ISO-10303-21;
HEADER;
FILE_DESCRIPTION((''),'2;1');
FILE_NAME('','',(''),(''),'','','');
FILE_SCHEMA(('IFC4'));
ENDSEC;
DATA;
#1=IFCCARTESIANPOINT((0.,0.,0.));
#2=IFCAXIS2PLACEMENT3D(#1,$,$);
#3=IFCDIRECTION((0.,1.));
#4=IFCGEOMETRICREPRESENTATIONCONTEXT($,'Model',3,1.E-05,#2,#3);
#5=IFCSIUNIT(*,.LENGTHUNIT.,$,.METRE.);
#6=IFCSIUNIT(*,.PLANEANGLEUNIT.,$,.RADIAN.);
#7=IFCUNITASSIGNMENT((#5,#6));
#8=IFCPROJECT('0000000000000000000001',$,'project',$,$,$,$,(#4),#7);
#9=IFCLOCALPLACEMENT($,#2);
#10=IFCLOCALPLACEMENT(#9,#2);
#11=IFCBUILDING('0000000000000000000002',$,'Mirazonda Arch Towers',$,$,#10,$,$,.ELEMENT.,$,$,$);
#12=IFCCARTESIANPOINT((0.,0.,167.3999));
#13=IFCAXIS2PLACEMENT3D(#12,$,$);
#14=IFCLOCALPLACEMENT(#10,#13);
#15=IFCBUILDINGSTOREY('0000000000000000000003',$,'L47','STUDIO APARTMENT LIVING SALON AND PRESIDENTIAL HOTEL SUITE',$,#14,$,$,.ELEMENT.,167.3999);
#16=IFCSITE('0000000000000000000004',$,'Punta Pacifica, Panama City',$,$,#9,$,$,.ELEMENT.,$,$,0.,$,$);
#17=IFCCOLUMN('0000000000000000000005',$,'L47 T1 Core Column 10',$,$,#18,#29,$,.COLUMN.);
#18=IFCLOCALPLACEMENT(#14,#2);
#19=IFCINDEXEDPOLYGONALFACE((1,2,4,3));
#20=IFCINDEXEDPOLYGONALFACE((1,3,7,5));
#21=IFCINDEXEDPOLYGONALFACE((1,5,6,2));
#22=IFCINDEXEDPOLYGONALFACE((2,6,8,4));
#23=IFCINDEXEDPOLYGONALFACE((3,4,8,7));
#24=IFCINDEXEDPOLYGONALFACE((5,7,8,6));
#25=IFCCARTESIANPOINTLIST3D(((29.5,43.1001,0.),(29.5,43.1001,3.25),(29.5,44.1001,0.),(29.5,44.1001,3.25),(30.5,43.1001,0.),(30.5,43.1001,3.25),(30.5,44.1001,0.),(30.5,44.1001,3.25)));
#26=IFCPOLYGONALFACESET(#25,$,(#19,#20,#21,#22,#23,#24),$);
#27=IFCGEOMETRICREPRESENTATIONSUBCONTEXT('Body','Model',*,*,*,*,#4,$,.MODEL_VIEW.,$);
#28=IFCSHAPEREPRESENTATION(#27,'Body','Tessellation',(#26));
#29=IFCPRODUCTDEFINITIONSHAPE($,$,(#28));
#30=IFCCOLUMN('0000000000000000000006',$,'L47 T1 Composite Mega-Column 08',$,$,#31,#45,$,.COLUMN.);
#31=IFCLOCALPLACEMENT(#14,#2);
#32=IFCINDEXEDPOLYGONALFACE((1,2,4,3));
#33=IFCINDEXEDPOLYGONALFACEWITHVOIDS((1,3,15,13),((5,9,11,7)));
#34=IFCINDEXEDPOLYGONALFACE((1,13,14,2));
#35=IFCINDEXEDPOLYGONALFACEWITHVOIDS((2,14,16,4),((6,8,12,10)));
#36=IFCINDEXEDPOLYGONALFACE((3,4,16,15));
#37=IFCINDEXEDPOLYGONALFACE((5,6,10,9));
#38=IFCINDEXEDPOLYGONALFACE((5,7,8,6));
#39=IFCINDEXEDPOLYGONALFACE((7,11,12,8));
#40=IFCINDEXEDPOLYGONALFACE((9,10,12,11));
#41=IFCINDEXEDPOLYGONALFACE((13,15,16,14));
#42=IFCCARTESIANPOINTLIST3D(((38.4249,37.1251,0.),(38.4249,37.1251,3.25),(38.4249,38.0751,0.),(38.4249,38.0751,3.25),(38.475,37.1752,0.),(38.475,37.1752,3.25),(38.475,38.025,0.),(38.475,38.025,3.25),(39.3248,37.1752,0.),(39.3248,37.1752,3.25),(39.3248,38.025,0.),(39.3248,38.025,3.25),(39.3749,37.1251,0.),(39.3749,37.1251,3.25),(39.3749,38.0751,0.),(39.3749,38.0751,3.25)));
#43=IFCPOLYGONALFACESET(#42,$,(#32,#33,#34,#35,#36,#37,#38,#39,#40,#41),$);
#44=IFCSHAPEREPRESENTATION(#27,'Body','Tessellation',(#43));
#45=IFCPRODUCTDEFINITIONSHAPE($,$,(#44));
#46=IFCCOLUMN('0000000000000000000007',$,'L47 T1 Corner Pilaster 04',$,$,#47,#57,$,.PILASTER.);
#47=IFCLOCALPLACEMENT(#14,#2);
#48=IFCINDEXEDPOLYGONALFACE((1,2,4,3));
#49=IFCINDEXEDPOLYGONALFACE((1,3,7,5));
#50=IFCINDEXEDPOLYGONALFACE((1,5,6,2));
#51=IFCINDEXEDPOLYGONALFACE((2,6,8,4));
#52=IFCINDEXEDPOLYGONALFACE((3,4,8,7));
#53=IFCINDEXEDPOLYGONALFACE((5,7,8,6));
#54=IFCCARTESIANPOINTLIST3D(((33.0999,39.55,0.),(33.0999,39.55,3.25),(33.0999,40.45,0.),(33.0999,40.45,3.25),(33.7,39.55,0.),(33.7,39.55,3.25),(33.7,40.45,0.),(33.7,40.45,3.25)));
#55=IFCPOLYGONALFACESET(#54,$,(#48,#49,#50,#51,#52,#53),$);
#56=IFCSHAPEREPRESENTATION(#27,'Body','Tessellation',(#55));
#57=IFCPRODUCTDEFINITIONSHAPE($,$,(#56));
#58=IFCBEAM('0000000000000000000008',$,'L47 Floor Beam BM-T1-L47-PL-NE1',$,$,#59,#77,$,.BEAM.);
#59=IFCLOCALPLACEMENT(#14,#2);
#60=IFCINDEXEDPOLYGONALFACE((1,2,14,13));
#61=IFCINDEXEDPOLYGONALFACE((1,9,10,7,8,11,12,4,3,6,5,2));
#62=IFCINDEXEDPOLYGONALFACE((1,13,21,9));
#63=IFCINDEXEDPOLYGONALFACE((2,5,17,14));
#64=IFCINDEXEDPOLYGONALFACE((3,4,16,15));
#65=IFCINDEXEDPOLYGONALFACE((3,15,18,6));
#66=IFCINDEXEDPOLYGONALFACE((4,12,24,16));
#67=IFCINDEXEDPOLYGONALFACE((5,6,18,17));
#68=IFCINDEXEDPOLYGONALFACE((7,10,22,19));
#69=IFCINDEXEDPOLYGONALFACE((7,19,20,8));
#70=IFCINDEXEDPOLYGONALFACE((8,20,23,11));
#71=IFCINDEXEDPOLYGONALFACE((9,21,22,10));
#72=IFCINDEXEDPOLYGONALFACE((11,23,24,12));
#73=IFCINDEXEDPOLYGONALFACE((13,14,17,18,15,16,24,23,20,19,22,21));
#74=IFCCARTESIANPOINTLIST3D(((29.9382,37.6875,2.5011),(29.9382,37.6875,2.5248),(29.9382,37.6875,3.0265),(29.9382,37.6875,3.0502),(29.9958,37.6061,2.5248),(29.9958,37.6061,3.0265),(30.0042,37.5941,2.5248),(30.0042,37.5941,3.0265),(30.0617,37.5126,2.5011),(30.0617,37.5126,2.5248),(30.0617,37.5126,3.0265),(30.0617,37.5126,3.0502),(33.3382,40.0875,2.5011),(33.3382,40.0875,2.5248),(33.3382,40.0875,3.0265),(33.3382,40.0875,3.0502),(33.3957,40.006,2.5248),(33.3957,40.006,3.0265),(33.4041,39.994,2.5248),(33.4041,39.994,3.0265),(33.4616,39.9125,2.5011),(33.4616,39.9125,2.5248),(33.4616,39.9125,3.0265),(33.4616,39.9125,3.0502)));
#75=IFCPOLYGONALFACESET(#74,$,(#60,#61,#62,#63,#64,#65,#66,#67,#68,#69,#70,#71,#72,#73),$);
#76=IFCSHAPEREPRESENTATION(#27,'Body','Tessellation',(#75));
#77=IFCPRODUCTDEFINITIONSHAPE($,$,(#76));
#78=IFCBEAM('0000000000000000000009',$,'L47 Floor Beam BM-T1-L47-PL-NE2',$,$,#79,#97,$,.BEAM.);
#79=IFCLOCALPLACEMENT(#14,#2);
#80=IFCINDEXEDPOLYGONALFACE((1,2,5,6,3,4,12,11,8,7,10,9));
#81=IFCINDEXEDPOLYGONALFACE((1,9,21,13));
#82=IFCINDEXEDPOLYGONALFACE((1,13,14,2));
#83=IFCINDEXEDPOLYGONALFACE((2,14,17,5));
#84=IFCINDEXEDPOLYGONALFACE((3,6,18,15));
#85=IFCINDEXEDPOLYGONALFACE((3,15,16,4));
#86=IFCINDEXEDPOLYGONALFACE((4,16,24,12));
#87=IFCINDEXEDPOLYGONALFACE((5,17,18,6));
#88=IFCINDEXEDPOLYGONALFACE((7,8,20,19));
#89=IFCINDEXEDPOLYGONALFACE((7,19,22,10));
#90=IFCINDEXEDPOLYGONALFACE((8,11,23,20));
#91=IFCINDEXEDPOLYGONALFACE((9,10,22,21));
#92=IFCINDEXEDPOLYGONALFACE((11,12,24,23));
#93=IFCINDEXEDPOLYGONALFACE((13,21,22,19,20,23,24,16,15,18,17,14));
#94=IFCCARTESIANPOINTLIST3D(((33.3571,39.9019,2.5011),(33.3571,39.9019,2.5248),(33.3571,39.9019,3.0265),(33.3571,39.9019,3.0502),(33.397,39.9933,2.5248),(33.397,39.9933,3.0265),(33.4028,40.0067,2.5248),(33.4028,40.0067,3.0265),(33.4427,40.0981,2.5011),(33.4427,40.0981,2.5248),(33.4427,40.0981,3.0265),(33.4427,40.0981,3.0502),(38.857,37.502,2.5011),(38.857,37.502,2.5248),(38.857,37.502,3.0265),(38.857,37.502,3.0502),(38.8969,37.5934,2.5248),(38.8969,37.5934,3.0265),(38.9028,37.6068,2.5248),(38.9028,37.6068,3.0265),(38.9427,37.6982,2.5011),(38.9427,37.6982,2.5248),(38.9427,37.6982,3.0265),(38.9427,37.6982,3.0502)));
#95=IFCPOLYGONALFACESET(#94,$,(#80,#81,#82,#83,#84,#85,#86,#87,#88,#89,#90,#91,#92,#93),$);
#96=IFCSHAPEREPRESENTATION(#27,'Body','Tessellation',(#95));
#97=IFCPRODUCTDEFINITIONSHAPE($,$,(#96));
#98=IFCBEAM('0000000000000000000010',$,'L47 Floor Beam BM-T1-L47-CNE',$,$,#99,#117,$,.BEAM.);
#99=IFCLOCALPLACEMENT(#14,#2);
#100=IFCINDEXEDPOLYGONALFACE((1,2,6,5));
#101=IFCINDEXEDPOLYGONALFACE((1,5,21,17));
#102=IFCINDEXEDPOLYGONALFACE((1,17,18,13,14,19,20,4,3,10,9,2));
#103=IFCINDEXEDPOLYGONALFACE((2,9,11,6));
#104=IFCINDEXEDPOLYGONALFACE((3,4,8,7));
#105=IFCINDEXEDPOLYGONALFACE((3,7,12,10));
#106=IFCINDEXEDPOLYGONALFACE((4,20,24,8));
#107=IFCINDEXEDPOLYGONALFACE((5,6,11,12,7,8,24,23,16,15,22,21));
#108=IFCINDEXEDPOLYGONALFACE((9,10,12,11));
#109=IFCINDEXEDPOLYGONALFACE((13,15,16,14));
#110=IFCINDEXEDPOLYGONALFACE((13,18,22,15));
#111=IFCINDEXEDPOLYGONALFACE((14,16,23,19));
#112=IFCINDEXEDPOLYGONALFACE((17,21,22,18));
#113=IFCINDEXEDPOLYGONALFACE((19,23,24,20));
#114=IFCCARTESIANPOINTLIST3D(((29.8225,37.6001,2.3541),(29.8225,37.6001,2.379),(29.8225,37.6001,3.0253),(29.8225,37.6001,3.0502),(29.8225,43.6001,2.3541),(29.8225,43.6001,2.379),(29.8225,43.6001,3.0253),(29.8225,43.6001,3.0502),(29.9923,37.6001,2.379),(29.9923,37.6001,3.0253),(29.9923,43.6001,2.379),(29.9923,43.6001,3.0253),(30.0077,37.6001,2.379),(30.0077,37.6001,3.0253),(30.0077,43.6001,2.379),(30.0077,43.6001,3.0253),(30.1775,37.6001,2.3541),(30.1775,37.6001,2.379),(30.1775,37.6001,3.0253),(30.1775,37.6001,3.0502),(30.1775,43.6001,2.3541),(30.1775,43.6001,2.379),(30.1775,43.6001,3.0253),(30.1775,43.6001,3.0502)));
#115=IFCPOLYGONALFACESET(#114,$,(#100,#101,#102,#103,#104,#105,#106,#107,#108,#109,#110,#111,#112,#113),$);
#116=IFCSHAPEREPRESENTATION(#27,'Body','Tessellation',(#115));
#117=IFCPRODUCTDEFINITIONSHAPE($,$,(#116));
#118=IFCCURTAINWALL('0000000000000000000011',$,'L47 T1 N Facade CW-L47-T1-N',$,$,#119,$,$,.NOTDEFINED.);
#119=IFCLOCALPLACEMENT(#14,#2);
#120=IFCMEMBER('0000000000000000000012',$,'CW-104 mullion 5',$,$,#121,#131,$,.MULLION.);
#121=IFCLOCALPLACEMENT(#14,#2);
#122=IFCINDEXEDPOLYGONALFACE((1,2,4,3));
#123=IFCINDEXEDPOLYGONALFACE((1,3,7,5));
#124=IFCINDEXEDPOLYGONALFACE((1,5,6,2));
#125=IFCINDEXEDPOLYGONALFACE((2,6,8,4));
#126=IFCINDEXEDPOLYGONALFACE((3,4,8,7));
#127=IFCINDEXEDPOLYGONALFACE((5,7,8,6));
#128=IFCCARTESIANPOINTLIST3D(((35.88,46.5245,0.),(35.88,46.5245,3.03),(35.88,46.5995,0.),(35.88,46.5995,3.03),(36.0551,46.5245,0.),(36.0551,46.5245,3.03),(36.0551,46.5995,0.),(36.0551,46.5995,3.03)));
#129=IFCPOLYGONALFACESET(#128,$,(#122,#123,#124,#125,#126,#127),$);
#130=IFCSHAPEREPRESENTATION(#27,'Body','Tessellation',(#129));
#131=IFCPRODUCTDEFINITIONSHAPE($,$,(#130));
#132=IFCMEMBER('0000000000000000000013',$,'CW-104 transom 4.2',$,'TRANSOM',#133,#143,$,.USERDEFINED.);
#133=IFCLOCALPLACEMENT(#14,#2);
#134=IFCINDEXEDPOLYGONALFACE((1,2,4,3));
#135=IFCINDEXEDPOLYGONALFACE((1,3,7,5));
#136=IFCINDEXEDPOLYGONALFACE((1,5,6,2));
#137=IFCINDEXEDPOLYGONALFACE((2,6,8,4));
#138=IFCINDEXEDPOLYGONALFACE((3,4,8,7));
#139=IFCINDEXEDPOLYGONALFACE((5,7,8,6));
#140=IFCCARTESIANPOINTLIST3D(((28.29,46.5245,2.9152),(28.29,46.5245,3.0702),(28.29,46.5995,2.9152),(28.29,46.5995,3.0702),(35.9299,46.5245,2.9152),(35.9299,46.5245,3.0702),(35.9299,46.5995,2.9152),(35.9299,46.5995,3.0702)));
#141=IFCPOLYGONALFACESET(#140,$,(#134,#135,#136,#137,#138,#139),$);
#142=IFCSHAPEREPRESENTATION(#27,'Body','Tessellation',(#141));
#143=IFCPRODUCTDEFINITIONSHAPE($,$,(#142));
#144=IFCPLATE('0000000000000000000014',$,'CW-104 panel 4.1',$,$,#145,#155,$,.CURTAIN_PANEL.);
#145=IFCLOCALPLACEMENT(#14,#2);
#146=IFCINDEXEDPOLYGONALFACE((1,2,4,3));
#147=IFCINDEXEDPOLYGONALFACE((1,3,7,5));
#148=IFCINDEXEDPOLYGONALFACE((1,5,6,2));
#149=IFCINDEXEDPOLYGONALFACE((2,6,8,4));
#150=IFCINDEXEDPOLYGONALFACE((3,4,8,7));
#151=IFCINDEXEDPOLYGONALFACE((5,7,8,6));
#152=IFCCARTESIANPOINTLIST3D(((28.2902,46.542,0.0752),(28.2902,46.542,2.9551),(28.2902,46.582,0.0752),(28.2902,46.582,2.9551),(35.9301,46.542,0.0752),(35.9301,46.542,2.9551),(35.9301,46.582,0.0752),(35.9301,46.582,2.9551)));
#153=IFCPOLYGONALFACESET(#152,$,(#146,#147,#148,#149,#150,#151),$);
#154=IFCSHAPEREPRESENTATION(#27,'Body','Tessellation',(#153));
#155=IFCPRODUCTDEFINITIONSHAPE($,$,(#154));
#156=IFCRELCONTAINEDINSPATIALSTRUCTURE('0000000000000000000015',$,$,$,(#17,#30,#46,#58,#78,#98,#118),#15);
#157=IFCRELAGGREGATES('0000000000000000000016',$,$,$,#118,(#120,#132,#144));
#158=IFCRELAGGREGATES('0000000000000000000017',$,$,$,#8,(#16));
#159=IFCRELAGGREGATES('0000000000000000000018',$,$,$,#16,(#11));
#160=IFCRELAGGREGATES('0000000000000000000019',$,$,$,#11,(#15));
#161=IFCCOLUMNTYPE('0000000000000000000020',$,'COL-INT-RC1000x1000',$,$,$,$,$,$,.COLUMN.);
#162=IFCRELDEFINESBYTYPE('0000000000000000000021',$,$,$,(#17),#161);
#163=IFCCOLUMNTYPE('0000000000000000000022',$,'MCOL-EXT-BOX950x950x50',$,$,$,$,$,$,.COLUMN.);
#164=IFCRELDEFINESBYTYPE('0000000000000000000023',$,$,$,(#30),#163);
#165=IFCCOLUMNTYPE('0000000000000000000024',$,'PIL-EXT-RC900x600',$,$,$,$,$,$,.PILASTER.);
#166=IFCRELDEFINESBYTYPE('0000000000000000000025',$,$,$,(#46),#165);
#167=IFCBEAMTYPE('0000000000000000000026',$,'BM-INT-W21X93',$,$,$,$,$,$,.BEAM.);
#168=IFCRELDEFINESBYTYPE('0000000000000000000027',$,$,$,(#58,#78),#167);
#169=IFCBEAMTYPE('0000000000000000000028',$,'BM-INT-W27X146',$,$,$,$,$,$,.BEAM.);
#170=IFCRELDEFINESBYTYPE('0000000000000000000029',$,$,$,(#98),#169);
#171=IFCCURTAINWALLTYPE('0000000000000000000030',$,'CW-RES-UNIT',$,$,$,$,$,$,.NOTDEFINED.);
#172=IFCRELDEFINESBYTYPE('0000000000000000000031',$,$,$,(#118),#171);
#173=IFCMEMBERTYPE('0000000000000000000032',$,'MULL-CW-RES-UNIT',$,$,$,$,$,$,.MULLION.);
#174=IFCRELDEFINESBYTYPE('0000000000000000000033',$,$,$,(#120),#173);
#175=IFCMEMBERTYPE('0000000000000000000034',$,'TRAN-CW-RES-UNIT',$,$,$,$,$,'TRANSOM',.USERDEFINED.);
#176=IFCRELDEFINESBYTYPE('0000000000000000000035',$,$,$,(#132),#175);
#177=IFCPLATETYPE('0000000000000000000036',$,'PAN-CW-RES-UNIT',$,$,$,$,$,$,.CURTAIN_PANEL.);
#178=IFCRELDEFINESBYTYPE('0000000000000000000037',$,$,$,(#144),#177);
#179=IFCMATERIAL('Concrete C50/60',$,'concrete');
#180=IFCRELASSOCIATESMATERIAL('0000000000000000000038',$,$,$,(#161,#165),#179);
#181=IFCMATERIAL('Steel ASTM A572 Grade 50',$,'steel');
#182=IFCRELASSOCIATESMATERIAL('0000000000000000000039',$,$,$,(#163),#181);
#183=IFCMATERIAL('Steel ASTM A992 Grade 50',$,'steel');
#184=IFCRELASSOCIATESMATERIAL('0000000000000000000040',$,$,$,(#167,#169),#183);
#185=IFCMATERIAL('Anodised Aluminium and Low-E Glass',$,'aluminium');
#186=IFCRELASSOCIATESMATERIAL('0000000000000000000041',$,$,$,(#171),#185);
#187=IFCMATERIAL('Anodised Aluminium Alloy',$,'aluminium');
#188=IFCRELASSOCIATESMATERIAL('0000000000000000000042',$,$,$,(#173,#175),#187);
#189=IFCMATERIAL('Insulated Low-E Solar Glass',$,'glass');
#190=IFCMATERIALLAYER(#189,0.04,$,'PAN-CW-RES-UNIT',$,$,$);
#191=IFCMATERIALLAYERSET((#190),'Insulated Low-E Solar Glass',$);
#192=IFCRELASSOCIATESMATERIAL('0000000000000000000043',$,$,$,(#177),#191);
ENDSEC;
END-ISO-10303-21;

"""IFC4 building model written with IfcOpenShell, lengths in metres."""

from ifc_helpers import new_model, si_unit, direction, frame, origin, origin_2d, place, context, subcontext, project, spatial, rectangle, hollow_rectangle, i_section, extrude, material, layer, layer_set, material_profile, profile_set, type_object, element, aggregate, save


model = new_model("IFC4")

# Units and contexts
model_context = context("Model", 3, precision=1e-05, world=origin(), true_north=direction((0.0, 1.0)))
body_context = subcontext(model_context, "Body", "Model", "MODEL_VIEW")
ifc_project = project(units=[si_unit("LENGTHUNIT", "METRE"), si_unit("PLANEANGLEUNIT", "RADIAN")], contexts=[model_context])

# Site, building, storey
site_placement = place(None, origin())
site = spatial("IfcSite", under=ifc_project, at=site_placement, Name="Punta Pacifica, Panama City", CompositionType="ELEMENT", RefElevation=0.0)
building_placement = place(site_placement, origin())
building = spatial("IfcBuilding", under=site, at=building_placement, Name="Mirazonda Arch Towers", CompositionType="ELEMENT")
storey_placement = place(building_placement, frame((0.0, 0.0, 167.3999)))
storey = spatial("IfcBuildingStorey", under=building, at=storey_placement, Name="L47", Description="STUDIO APARTMENT LIVING SALON AND PRESIDENTIAL HOTEL SUITE", CompositionType="ELEMENT", Elevation=167.3999)

# Columns
ifc_material_1 = material(Name="Concrete C50/60", Category="concrete")
ifc_material_profile_1 = material_profile(ifc_material_1, rectangle(XDim=1.0, YDim=1.0, at=origin_2d()), Name="RC1000x1000")
ifc_profile_set_1 = profile_set([ifc_material_profile_1], Name="Concrete C50/60")
column_type_1 = type_object("IfcColumnType", Name="COL-INT-RC1000x1000", PredefinedType="COLUMN", material=ifc_profile_set_1)
column_1_placement = place(storey_placement, frame((30.0, 43.6001, 0.0), z_axis=(0.0, 0.0, 1.0), x_axis=(1.0, 0.0, 0.0)))
element("IfcColumn", 1, at=column_1_placement, inside=storey, type_object=column_type_1, Name="L47 T1 Core Column 10", PredefinedType="COLUMN", context=body_context, shape_type="SweptSolid", body=[
    extrude(rectangle(XDim=1.0, YDim=1.0, at=origin_2d()), origin(), (0.0, 0.0, 1.0), 3.25),
])
ifc_material_2 = material(Name="Steel ASTM A572 Grade 50", Category="steel")
ifc_material_profile_2 = material_profile(ifc_material_2, hollow_rectangle(XDim=0.95, YDim=0.95, WallThickness=0.05, at=origin_2d()), Name="BOX950x950x50")
ifc_profile_set_2 = profile_set([ifc_material_profile_2], Name="Steel ASTM A572 Grade 50")
column_type_2 = type_object("IfcColumnType", Name="MCOL-EXT-BOX950x950x50", PredefinedType="COLUMN", material=ifc_profile_set_2)
column_2_placement = place(storey_placement, frame((38.8999, 37.6001, 0.0), z_axis=(0.0, 0.0, 1.0), x_axis=(1.0, 0.0, 0.0)))
element("IfcColumn", 2, at=column_2_placement, inside=storey, type_object=column_type_2, Name="L47 T1 Composite Mega-Column 08", PredefinedType="COLUMN", context=body_context, shape_type="SweptSolid", body=[
    extrude(hollow_rectangle(XDim=0.95, YDim=0.95, WallThickness=0.05, at=origin_2d()), origin(), (0.0, 0.0, 1.0), 3.25),
])
ifc_material_profile_3 = material_profile(ifc_material_1, rectangle(XDim=0.6001, YDim=0.8999, at=origin_2d()), Name="RC900x600")
ifc_profile_set_3 = profile_set([ifc_material_profile_3], Name="Concrete C50/60")
column_type_3 = type_object("IfcColumnType", Name="PIL-EXT-RC900x600", PredefinedType="PILASTER", material=ifc_profile_set_3)
column_3_placement = place(storey_placement, frame((33.3999, 40.0, 0.0), z_axis=(0.0, 0.0, 1.0), x_axis=(1.0, 0.0, 0.0)))
element("IfcColumn", 3, at=column_3_placement, inside=storey, type_object=column_type_3, Name="L47 T1 Corner Pilaster 04", PredefinedType="PILASTER", context=body_context, shape_type="SweptSolid", body=[
    extrude(rectangle(XDim=0.6001, YDim=0.8999, at=origin_2d()), origin(), (0.0, 0.0, 1.0), 3.25),
])

# Beams
ifc_material_3 = material(Name="Steel ASTM A992 Grade 50", Category="steel")
ifc_material_profile_4 = material_profile(ifc_material_3, i_section(OverallWidth=0.2141, OverallDepth=0.5491, WebThickness=0.0146, FlangeThickness=0.0237, at=origin_2d()), Name="W21X93")
ifc_profile_set_4 = profile_set([ifc_material_profile_4], Name="Steel ASTM A992 Grade 50")
beam_type_1 = type_object("IfcBeamType", Name="BM-INT-W21X93", PredefinedType="BEAM", material=ifc_profile_set_4)
beam_1_placement = place(storey_placement, frame((33.3999, 40.0, 2.7756), z_axis=(-0.816971, -0.576679, 0.0), x_axis=(0.576679, -0.816971, 0.0)))
element("IfcBeam", 4, at=beam_1_placement, inside=storey, type_object=beam_type_1, Name="L47 Floor Beam BM-T1-L47-PL-NE1", PredefinedType="BEAM", context=body_context, shape_type="SweptSolid", body=[
    extrude(i_section(OverallWidth=0.2141, OverallDepth=0.5491, WebThickness=0.0146, FlangeThickness=0.0237, at=origin_2d()), origin(), (0.0, 0.0, 1.0), 4.1616),
])
beam_2_placement = place(storey_placement, frame((33.3999, 40.0, 2.7756), z_axis=(0.916545, -0.399931, 0.0), x_axis=(0.399931, 0.916545, 0.0)))
element("IfcBeam", 5, at=beam_2_placement, inside=storey, type_object=beam_type_1, Name="L47 Floor Beam BM-T1-L47-PL-NE2", PredefinedType="BEAM", context=body_context, shape_type="SweptSolid", body=[
    extrude(i_section(OverallWidth=0.2141, OverallDepth=0.5491, WebThickness=0.0146, FlangeThickness=0.0237, at=origin_2d()), origin(), (0.0, 0.0, 1.0), 6.0007),
])
ifc_material_profile_5 = material_profile(ifc_material_3, i_section(OverallWidth=0.355, OverallDepth=0.696, WebThickness=0.0154, FlangeThickness=0.0249, at=origin_2d()), Name="W27X146")
ifc_profile_set_5 = profile_set([ifc_material_profile_5], Name="Steel ASTM A992 Grade 50")
beam_type_2 = type_object("IfcBeamType", Name="BM-INT-W27X146", PredefinedType="BEAM", material=ifc_profile_set_5)
beam_3_placement = place(storey_placement, frame((30.0, 37.6001, 2.7021), z_axis=(0.0, 1.0, 0.0), x_axis=(-1.0, 0.0, 0.0)))
element("IfcBeam", 6, at=beam_3_placement, inside=storey, type_object=beam_type_2, Name="L47 Floor Beam BM-T1-L47-CNE", PredefinedType="BEAM", context=body_context, shape_type="SweptSolid", body=[
    extrude(i_section(OverallWidth=0.355, OverallDepth=0.696, WebThickness=0.0154, FlangeThickness=0.0249, at=origin_2d()), origin(), (0.0, 0.0, 1.0), 6.0),
])

# Curtain wall, members, plate
ifc_material_4 = material(Name="Anodised Aluminium and Low-E Glass", Category="aluminium")
curtain_wall_type = type_object("IfcCurtainWallType", Name="CW-RES-UNIT", PredefinedType="NOTDEFINED", material=ifc_material_4)
curtain_wall_placement = place(storey_placement, origin())
curtain_wall = element("IfcCurtainWall", 7, at=curtain_wall_placement, inside=storey, type_object=curtain_wall_type, Name="L47 T1 N Facade CW-L47-T1-N", PredefinedType="NOTDEFINED")
ifc_material_5 = material(Name="Anodised Aluminium Alloy", Category="aluminium")
ifc_material_profile_6 = material_profile(ifc_material_5, rectangle(XDim=0.075, YDim=0.175, at=origin_2d()), Name="ALU-MULL-75x175")
ifc_profile_set_6 = profile_set([ifc_material_profile_6], Name="Anodised Aluminium Alloy")
member_type_1 = type_object("IfcMemberType", Name="MULL-CW-RES-UNIT", PredefinedType="MULLION", material=ifc_profile_set_6)
member_1_placement = place(storey_placement, frame((35.9675, 46.562, 0.0), z_axis=(0.0, 0.0, 1.0), x_axis=(0.0, 1.0, 0.0)))
member_1 = element("IfcMember", 8, at=member_1_placement, type_object=member_type_1, Name="CW-104 mullion 5", PredefinedType="MULLION", context=body_context, shape_type="SweptSolid", body=[
    extrude(rectangle(XDim=0.075, YDim=0.175, at=origin_2d()), origin(), (0.0, 0.0, 1.0), 3.03),
])
ifc_material_profile_7 = material_profile(ifc_material_5, rectangle(XDim=0.075, YDim=0.155, at=origin_2d()), Name="ALU-TRAN-75x155")
ifc_profile_set_7 = profile_set([ifc_material_profile_7], Name="Anodised Aluminium Alloy")
member_type_2 = type_object("IfcMemberType", Name="TRAN-CW-RES-UNIT", ElementType="TRANSOM", PredefinedType="USERDEFINED", material=ifc_profile_set_7)
member_2_placement = place(storey_placement, frame((28.29, 46.562, 2.9927), z_axis=(1.0, 0.0, 0.0), x_axis=(0.0, 1.0, 0.0)))
member_2 = element("IfcMember", 9, at=member_2_placement, type_object=member_type_2, Name="CW-104 transom 4.2", ObjectType="TRANSOM", PredefinedType="USERDEFINED", context=body_context, shape_type="SweptSolid", body=[
    extrude(rectangle(XDim=0.075, YDim=0.155, at=origin_2d()), origin(), (0.0, 0.0, 1.0), 7.6399),
])
ifc_material_6 = material(Name="Insulated Low-E Solar Glass", Category="glass")
ifc_layer_1 = layer(ifc_material_6, 0.04, Name="PAN-CW-RES-UNIT")
ifc_layer_set_1 = layer_set([ifc_layer_1], Name="Insulated Low-E Solar Glass")
plate_type = type_object("IfcPlateType", Name="PAN-CW-RES-UNIT", PredefinedType="CURTAIN_PANEL", material=ifc_layer_set_1)
plate_placement = place(storey_placement, frame((32.1101, 46.562, 0.0752), z_axis=(0.0, 0.0, 1.0), x_axis=(1.0, 0.0, 0.0)))
plate = element("IfcPlate", 10, at=plate_placement, type_object=plate_type, Name="CW-104 panel 4.1", PredefinedType="CURTAIN_PANEL", context=body_context, shape_type="SweptSolid", body=[
    extrude(rectangle(XDim=7.6399, YDim=0.04, at=origin_2d()), origin(), (0.0, 0.0, 1.0), 2.8799),
])
aggregate(curtain_wall, [member_1, member_2, plate])

save(model, "model.ifc")
